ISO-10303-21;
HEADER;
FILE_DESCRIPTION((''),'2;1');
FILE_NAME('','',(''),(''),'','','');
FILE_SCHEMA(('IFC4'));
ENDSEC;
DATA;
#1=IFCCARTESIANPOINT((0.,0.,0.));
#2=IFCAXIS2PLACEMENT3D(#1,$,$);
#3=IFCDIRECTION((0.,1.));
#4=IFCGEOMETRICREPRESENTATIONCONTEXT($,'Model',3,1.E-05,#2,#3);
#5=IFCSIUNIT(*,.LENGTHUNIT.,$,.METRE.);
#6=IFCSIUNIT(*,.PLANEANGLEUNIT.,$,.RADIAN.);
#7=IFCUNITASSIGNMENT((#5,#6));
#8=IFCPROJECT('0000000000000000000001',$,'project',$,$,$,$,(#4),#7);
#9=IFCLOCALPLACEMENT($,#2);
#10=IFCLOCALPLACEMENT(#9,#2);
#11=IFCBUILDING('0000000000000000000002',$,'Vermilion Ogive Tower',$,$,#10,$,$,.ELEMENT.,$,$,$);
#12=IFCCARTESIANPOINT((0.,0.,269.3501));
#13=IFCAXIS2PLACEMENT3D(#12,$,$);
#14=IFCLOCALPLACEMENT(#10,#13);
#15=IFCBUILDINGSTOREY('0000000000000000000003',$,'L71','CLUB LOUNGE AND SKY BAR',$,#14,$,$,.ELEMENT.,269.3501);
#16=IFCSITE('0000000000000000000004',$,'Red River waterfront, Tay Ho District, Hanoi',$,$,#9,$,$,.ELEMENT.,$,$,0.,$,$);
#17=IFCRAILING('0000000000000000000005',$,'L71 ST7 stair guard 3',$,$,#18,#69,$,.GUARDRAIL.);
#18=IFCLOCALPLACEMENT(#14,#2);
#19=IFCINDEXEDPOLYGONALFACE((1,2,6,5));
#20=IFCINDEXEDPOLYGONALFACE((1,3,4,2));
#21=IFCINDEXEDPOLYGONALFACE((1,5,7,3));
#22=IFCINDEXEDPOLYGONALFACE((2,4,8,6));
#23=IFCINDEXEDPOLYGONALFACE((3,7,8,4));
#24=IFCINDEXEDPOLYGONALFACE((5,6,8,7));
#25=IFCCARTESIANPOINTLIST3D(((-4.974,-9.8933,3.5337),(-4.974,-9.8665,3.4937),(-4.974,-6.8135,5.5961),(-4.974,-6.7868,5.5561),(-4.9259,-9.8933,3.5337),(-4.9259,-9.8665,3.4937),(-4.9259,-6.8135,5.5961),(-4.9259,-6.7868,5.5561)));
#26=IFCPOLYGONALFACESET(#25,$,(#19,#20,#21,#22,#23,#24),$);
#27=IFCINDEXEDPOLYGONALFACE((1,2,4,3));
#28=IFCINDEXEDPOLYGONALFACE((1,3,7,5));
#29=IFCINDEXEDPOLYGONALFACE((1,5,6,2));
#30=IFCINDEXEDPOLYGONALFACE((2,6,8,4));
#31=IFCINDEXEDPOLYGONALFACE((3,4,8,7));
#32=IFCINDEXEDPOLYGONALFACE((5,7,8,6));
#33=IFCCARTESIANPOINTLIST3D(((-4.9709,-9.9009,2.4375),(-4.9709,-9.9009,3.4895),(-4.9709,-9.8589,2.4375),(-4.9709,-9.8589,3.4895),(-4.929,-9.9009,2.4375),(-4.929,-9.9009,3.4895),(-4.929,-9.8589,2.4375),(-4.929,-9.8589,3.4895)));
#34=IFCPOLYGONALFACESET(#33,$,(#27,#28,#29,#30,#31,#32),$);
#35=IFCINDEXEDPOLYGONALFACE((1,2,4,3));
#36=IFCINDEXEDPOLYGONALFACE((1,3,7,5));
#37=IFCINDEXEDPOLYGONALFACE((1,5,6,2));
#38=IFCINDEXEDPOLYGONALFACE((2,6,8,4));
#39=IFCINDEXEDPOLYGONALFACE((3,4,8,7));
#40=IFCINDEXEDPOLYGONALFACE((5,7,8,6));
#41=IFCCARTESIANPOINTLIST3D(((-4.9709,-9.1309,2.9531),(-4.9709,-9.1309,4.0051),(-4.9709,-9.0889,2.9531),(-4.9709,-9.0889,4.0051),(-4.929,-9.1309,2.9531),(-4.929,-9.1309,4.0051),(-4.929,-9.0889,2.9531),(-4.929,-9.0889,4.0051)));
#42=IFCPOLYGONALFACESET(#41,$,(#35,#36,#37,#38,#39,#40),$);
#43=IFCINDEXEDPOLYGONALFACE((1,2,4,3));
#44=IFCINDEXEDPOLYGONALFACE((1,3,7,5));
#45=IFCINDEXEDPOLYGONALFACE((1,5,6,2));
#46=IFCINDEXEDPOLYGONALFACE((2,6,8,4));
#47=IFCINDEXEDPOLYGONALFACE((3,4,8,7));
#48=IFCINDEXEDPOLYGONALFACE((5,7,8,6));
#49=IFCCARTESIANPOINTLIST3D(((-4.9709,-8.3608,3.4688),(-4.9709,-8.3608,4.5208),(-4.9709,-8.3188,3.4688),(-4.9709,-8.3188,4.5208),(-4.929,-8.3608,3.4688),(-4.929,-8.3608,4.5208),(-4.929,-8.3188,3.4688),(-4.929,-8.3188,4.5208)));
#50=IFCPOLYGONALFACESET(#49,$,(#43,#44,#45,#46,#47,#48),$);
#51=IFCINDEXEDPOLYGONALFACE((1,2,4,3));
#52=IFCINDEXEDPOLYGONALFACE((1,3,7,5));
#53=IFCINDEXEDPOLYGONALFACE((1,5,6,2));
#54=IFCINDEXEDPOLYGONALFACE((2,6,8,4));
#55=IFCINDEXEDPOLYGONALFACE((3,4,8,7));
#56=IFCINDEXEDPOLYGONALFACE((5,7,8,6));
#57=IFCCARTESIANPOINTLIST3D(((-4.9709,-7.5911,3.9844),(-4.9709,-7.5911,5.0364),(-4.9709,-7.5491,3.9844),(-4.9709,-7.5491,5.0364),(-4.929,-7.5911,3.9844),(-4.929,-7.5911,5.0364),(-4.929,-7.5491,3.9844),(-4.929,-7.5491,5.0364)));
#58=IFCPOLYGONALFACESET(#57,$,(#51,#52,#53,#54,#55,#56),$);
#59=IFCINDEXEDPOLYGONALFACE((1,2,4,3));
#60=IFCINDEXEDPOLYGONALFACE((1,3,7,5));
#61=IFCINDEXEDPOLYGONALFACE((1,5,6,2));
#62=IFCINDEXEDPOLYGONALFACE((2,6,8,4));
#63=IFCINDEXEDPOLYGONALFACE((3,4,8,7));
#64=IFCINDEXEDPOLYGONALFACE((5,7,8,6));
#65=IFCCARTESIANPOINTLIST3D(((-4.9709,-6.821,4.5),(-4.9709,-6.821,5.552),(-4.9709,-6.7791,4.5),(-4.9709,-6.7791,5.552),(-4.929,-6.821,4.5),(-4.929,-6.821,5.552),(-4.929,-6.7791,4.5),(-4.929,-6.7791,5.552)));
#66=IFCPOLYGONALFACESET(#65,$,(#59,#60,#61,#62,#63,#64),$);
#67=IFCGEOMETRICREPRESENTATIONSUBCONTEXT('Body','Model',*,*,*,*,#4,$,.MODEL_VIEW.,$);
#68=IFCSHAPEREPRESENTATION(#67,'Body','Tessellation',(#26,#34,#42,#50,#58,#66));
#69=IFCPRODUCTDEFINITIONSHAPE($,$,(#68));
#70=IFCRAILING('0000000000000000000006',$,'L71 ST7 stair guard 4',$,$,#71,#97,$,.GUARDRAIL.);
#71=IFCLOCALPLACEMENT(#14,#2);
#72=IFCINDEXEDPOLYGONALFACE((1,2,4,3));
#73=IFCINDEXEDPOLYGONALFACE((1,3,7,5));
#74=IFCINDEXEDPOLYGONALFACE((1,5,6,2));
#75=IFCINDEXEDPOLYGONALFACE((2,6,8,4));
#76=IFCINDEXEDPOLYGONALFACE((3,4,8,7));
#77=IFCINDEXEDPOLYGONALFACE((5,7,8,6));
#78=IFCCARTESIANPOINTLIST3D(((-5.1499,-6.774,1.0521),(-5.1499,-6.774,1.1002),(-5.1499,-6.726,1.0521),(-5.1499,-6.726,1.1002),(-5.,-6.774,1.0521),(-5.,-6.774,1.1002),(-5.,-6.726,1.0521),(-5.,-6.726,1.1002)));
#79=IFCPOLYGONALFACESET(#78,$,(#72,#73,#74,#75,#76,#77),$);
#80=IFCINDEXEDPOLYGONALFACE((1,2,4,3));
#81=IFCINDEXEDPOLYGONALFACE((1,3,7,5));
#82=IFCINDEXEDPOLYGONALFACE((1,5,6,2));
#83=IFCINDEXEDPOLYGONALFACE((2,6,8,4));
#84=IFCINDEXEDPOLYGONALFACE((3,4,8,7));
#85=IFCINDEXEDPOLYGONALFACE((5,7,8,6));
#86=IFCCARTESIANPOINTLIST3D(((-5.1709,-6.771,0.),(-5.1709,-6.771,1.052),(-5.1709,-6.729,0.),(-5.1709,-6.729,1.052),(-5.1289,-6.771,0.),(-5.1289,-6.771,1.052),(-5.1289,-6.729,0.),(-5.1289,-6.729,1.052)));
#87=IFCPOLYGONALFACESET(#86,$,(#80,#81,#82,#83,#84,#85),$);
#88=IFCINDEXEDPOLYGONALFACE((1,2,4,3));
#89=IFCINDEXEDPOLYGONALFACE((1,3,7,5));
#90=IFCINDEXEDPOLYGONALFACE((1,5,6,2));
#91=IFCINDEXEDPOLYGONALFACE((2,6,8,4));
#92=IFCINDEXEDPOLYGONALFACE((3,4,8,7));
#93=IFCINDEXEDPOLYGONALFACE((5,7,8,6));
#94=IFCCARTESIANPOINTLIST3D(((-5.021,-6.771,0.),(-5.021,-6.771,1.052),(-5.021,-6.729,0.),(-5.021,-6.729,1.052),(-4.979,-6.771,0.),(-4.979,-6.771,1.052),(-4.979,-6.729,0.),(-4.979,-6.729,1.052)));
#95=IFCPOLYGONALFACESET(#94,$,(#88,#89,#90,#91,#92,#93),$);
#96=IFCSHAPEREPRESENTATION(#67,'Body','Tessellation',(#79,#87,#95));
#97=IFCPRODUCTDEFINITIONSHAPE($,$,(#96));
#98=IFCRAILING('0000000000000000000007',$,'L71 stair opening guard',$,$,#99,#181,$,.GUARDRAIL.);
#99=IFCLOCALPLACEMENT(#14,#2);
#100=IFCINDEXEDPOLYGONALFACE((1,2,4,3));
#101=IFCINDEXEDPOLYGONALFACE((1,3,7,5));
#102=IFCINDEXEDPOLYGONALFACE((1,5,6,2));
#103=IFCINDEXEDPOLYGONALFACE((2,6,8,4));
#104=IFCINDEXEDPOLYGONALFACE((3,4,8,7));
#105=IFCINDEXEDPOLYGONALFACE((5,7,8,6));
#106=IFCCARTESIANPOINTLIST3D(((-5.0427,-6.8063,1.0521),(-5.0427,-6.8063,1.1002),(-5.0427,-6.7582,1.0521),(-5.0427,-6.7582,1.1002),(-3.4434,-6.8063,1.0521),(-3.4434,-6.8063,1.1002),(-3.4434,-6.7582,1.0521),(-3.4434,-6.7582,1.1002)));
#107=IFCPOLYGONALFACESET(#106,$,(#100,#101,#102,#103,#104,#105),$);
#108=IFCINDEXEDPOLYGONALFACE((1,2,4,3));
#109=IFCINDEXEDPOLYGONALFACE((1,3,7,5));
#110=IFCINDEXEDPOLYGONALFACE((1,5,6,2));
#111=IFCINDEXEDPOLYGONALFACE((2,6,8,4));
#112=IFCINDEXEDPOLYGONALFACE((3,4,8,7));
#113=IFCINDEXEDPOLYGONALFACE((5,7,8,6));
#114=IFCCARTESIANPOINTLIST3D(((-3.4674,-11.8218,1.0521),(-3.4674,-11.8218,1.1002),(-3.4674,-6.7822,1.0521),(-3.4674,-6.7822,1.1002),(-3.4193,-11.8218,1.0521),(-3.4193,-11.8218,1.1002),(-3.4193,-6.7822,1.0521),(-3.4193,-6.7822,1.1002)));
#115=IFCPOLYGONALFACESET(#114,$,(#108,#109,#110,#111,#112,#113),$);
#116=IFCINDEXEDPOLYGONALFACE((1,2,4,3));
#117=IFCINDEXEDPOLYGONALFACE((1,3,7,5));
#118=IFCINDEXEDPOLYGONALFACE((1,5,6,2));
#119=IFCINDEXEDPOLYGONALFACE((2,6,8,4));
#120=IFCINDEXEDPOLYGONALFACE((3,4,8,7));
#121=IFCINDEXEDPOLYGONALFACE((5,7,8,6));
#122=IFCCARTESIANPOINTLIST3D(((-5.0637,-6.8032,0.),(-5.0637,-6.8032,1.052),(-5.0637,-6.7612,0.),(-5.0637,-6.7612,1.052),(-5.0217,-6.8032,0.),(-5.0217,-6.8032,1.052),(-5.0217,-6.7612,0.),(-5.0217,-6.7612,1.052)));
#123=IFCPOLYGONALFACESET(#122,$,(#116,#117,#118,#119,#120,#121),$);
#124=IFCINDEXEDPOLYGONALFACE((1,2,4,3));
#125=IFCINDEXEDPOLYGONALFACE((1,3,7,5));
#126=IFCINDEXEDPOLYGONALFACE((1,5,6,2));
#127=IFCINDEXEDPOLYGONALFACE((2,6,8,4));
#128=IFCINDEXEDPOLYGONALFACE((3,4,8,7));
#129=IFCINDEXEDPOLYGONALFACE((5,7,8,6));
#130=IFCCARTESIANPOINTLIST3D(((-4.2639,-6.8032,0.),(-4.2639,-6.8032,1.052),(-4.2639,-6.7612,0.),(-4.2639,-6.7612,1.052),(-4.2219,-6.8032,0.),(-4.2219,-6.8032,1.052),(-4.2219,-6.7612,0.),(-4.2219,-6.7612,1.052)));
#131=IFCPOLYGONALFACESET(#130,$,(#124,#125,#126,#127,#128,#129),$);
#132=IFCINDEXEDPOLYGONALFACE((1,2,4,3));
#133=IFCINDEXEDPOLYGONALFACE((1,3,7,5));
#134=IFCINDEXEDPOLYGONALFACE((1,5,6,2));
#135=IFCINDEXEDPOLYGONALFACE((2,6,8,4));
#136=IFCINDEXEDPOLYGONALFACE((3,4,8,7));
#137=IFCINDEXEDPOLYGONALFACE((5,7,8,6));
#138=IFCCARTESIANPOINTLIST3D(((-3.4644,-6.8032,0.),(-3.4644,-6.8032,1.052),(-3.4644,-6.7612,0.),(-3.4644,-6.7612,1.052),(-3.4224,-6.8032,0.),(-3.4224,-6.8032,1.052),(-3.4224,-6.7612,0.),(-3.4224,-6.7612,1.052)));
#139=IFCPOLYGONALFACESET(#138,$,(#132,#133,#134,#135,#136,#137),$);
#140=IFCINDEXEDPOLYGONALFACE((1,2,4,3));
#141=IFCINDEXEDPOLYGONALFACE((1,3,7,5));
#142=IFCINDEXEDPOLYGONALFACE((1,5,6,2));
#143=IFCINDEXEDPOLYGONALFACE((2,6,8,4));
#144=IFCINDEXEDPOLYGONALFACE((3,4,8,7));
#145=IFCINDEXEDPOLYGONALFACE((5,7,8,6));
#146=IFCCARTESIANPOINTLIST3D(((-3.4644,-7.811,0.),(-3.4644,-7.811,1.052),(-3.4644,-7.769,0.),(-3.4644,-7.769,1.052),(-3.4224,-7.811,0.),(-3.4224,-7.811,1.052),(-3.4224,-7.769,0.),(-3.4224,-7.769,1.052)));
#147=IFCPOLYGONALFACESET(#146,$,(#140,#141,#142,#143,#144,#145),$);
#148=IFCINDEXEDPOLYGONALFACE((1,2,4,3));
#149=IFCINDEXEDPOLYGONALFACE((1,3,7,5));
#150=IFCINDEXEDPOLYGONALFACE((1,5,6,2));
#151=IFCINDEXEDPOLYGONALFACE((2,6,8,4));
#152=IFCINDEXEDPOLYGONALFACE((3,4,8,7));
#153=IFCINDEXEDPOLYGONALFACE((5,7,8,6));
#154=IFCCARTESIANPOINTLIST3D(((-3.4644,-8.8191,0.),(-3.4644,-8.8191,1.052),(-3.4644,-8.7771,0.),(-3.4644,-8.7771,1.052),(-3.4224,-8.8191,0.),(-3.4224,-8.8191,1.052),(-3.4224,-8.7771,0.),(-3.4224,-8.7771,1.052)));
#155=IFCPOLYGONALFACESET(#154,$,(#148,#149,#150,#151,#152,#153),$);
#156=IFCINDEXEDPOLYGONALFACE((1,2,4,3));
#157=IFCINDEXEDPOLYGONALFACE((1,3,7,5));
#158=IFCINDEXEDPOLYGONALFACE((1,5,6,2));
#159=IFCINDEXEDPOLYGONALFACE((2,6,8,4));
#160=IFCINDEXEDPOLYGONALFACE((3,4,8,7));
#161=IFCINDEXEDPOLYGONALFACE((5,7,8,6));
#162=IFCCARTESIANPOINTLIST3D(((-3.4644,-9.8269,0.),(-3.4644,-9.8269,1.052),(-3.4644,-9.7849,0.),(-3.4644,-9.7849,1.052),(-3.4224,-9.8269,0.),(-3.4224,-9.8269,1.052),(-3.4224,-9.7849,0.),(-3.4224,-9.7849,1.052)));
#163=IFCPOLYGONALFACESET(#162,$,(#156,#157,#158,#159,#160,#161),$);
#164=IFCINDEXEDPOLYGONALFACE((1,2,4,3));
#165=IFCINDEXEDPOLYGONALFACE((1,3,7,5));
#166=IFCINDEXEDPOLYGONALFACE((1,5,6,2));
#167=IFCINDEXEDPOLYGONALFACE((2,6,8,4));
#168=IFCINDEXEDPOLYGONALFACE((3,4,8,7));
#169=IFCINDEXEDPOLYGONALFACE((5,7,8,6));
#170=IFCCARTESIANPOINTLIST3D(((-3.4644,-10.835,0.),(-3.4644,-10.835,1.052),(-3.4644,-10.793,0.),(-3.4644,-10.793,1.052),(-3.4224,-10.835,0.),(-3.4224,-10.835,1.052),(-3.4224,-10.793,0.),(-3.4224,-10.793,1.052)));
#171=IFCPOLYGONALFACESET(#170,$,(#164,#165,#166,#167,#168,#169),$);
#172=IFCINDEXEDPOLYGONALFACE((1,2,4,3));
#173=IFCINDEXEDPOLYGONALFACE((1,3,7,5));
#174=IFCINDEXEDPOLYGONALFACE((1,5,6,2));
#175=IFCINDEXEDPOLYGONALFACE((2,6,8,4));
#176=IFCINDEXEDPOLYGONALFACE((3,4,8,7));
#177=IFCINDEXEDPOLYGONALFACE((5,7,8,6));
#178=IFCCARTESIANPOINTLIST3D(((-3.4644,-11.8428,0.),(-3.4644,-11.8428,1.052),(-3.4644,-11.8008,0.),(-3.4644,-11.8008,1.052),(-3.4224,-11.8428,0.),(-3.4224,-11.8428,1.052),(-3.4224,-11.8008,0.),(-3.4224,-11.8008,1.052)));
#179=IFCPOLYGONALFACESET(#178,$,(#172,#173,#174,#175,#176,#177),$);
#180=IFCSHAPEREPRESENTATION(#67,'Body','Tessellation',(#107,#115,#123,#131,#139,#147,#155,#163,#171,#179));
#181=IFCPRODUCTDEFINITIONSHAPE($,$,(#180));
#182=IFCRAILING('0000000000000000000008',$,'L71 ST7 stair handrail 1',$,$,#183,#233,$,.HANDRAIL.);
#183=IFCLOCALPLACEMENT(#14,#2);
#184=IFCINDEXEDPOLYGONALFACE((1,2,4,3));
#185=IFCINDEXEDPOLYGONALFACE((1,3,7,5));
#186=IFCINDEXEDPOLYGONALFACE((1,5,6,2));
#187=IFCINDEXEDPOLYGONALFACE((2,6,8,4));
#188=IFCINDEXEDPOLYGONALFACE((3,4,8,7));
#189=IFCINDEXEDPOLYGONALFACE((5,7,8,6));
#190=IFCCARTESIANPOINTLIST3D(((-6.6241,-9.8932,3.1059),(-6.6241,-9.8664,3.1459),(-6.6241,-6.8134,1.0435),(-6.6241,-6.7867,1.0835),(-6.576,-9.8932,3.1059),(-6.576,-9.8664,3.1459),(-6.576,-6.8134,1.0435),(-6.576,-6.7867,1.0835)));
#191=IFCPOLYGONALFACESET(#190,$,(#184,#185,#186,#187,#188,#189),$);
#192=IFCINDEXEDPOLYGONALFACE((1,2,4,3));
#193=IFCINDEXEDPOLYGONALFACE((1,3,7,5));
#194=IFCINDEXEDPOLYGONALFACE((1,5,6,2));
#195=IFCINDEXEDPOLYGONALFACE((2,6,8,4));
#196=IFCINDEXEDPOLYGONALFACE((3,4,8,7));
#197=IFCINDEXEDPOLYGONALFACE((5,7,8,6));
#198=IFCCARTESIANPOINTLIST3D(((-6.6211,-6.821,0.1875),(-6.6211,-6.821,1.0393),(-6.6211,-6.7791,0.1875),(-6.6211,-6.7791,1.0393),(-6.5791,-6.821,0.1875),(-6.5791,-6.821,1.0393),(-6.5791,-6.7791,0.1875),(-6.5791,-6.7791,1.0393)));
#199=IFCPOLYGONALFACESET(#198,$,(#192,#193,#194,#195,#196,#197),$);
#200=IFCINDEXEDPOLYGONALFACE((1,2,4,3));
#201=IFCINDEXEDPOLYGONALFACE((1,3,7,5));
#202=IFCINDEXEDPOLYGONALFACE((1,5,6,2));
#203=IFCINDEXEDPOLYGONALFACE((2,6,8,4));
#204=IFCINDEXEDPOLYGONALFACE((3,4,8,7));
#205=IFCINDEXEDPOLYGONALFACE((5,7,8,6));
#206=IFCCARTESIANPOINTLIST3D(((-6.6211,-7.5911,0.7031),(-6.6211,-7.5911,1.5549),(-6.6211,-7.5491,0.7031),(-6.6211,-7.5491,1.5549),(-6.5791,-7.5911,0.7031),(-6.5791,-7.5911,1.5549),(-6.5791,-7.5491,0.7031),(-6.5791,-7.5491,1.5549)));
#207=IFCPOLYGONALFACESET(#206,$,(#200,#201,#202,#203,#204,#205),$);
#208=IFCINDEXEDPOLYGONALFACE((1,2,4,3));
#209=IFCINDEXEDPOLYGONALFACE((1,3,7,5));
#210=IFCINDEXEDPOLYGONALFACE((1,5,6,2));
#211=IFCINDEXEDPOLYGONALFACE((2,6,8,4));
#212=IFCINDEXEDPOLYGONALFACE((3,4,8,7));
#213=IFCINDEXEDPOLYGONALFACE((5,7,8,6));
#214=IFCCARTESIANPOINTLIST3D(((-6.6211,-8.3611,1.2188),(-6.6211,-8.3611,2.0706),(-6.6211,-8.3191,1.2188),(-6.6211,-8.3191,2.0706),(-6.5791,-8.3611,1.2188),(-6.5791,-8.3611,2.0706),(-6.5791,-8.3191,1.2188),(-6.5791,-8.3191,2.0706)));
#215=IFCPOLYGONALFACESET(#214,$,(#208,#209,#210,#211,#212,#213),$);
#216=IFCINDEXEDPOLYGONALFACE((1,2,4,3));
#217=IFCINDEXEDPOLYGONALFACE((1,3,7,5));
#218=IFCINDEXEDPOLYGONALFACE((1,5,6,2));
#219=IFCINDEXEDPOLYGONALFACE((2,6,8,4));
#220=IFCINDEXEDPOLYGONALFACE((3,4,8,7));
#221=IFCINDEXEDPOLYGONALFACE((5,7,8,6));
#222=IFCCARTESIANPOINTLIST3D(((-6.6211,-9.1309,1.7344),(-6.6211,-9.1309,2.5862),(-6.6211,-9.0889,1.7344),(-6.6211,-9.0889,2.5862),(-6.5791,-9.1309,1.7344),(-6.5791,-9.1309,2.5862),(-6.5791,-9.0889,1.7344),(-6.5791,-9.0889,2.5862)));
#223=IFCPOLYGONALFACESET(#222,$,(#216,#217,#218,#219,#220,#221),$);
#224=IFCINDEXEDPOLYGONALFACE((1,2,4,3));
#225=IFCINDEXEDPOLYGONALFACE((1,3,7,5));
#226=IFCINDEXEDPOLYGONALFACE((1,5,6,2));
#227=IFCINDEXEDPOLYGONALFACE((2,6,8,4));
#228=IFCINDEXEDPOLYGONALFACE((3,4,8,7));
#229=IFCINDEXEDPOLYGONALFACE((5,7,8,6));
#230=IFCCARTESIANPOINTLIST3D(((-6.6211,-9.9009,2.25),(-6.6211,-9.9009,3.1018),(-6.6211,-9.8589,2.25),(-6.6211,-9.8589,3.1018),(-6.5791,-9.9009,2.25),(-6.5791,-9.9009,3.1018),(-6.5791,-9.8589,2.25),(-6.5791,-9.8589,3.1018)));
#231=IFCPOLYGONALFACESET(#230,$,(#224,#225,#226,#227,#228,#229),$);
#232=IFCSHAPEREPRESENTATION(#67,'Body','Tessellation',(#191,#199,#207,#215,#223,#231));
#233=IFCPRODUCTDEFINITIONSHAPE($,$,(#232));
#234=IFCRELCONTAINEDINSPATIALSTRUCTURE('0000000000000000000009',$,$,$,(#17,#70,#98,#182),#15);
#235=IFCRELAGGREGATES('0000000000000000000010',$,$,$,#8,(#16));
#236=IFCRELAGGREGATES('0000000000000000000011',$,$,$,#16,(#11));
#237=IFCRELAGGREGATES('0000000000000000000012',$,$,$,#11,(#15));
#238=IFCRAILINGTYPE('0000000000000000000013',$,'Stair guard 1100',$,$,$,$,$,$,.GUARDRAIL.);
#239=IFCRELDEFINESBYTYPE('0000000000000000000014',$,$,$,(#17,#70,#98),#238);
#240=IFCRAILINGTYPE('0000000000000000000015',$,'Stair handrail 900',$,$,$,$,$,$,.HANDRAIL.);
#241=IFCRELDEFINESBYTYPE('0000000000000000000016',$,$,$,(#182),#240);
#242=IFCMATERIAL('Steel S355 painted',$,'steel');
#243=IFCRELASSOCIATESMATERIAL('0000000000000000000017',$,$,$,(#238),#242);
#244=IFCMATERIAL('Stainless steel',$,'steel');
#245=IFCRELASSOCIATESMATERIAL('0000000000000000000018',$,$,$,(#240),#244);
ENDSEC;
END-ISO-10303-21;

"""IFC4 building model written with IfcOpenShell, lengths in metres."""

from ifc_helpers import new_model, si_unit, direction, frame, origin, origin_2d, place, context, subcontext, project, spatial, rectangle, extrude, material, type_object, element, save


model = new_model("IFC4")

# Units and contexts
model_context = context("Model", 3, precision=1e-05, world=origin(), true_north=direction((0.0, 1.0)))
body_context = subcontext(model_context, "Body", "Model", "MODEL_VIEW")
ifc_project = project(units=[si_unit("LENGTHUNIT", "METRE"), si_unit("PLANEANGLEUNIT", "RADIAN")], contexts=[model_context])

# Site, building, storey
site_placement = place(None, origin())
site = spatial("IfcSite", under=ifc_project, at=site_placement, Name="Red River waterfront, Tay Ho District, Hanoi", CompositionType="ELEMENT", RefElevation=0.0)
building_placement = place(site_placement, origin())
building = spatial("IfcBuilding", under=site, at=building_placement, Name="Vermilion Ogive Tower", CompositionType="ELEMENT")
storey_placement = place(building_placement, frame((0.0, 0.0, 269.3501)))
storey = spatial("IfcBuildingStorey", under=building, at=storey_placement, Name="L71", Description="CLUB LOUNGE AND SKY BAR", CompositionType="ELEMENT", Elevation=269.3501)

# Railings
ifc_material_1 = material(Name="Steel S355 painted", Category="steel")
railing_type_1 = type_object("IfcRailingType", Name="Stair guard 1100", PredefinedType="GUARDRAIL", material=ifc_material_1)
railing_1_placement = place(storey_placement, frame((-4.95, -9.8799, 2.4375)))
element("IfcRailing", 1, at=railing_1_placement, inside=storey, type_object=railing_type_1, Name="L71 ST7 stair guard 3", PredefinedType="GUARDRAIL", context=body_context, shape_type="SweptSolid", body=[
    extrude(rectangle(XDim=0.0481, YDim=0.0481, at=origin_2d()), frame((0.0, 0.0, 1.0762), z_axis=(0.0, 0.830893, 0.556432), x_axis=(-1.0, 0.0, 0.0)), (0.0, 0.0, 1.0), 3.7065),
    extrude(rectangle(XDim=0.042, YDim=0.042, at=origin_2d()), origin(), (0.0, 0.0, 1.0), 1.052),
    extrude(rectangle(XDim=0.042, YDim=0.042, at=origin_2d()), frame((0.0, 0.77, 0.5156)), (0.0, 0.0, 1.0), 1.052),
    extrude(rectangle(XDim=0.042, YDim=0.042, at=origin_2d()), frame((0.0, 1.54, 1.0312)), (0.0, 0.0, 1.0), 1.052),
    extrude(rectangle(XDim=0.042, YDim=0.042, at=origin_2d()), frame((0.0, 2.3098, 1.5469)), (0.0, 0.0, 1.0), 1.052),
    extrude(rectangle(XDim=0.042, YDim=0.042, at=origin_2d()), frame((0.0, 3.0798, 2.0625)), (0.0, 0.0, 1.0), 1.052),
])
railing_2_placement = place(storey_placement, frame((-5.1499, -6.75, 0.0)))
element("IfcRailing", 2, at=railing_2_placement, inside=storey, type_object=railing_type_1, Name="L71 ST7 stair guard 4", PredefinedType="GUARDRAIL", context=body_context, shape_type="SweptSolid", body=[
    extrude(rectangle(XDim=0.0481, YDim=0.0481, at=origin_2d()), frame((0.0, 0.0, 1.0762), z_axis=(1.0, 0.0, 0.0), x_axis=(0.0, 1.0, 0.0)), (0.0, 0.0, 1.0), 0.1499),
    extrude(rectangle(XDim=0.042, YDim=0.042, at=origin_2d()), origin(), (0.0, 0.0, 1.0), 1.052),
    extrude(rectangle(XDim=0.042, YDim=0.042, at=origin_2d()), frame((0.1499, 0.0, 0.0)), (0.0, 0.0, 1.0), 1.052),
])
railing_3_placement = place(storey_placement, frame((-5.0427, -6.7822, 0.0)))
element("IfcRailing", 3, at=railing_3_placement, inside=storey, type_object=railing_type_1, Name="L71 stair opening guard", PredefinedType="GUARDRAIL", context=body_context, shape_type="SweptSolid", body=[
    extrude(rectangle(XDim=0.0481, YDim=0.0481, at=origin_2d()), frame((0.0, 0.0, 1.0762), z_axis=(1.0, 0.0, 0.0), x_axis=(0.0, 1.0, 0.0)), (0.0, 0.0, 1.0), 1.5994),
    extrude(rectangle(XDim=0.0481, YDim=0.0481, at=origin_2d()), frame((1.5994, 0.0, 1.0762), z_axis=(0.0, -1.0, 0.0), x_axis=(1.0, 0.0, 0.0)), (0.0, 0.0, 1.0), 5.0396),
    extrude(rectangle(XDim=0.042, YDim=0.042, at=origin_2d()), origin(), (0.0, 0.0, 1.0), 1.052),
    extrude(rectangle(XDim=0.042, YDim=0.042, at=origin_2d()), frame((0.7998, 0.0, 0.0)), (0.0, 0.0, 1.0), 1.052),
    extrude(rectangle(XDim=0.042, YDim=0.042, at=origin_2d()), frame((1.5994, 0.0, 0.0)), (0.0, 0.0, 1.0), 1.052),
    extrude(rectangle(XDim=0.042, YDim=0.042, at=origin_2d()), frame((1.5994, -1.0078, 0.0)), (0.0, 0.0, 1.0), 1.052),
    extrude(rectangle(XDim=0.042, YDim=0.042, at=origin_2d()), frame((1.5994, -2.0159, 0.0)), (0.0, 0.0, 1.0), 1.052),
    extrude(rectangle(XDim=0.042, YDim=0.042, at=origin_2d()), frame((1.5994, -3.0237, 0.0)), (0.0, 0.0, 1.0), 1.052),
    extrude(rectangle(XDim=0.042, YDim=0.042, at=origin_2d()), frame((1.5994, -4.0317, 0.0)), (0.0, 0.0, 1.0), 1.052),
    extrude(rectangle(XDim=0.042, YDim=0.042, at=origin_2d()), frame((1.5994, -5.0396, 0.0)), (0.0, 0.0, 1.0), 1.052),
])
ifc_material_2 = material(Name="Stainless steel", Category="steel")
railing_type_2 = type_object("IfcRailingType", Name="Stair handrail 900", PredefinedType="HANDRAIL", material=ifc_material_2)
railing_4_placement = place(storey_placement, frame((-6.6001, -6.8, 0.1875)))
element("IfcRailing", 4, at=railing_4_placement, inside=storey, type_object=railing_type_2, Name="L71 ST7 stair handrail 1", PredefinedType="HANDRAIL", context=body_context, shape_type="SweptSolid", body=[
    extrude(rectangle(XDim=0.0481, YDim=0.0481, at=origin_2d()), frame((0.0, 0.0, 0.876), z_axis=(0.0, -0.830893, 0.556432), x_axis=(1.0, 0.0, 0.0)), (0.0, 0.0, 1.0), 3.7065),
    extrude(rectangle(XDim=0.042, YDim=0.042, at=origin_2d()), origin(), (0.0, 0.0, 1.0), 0.8518),
    extrude(rectangle(XDim=0.042, YDim=0.042, at=origin_2d()), frame((0.0, -0.77, 0.5156)), (0.0, 0.0, 1.0), 0.8518),
    extrude(rectangle(XDim=0.042, YDim=0.042, at=origin_2d()), frame((0.0, -1.54, 1.0312)), (0.0, 0.0, 1.0), 0.8518),
    extrude(rectangle(XDim=0.042, YDim=0.042, at=origin_2d()), frame((0.0, -2.3098, 1.5469)), (0.0, 0.0, 1.0), 0.8518),
    extrude(rectangle(XDim=0.042, YDim=0.042, at=origin_2d()), frame((0.0, -3.0798, 2.0625)), (0.0, 0.0, 1.0), 0.8518),
])

save(model, "model.ifc")
